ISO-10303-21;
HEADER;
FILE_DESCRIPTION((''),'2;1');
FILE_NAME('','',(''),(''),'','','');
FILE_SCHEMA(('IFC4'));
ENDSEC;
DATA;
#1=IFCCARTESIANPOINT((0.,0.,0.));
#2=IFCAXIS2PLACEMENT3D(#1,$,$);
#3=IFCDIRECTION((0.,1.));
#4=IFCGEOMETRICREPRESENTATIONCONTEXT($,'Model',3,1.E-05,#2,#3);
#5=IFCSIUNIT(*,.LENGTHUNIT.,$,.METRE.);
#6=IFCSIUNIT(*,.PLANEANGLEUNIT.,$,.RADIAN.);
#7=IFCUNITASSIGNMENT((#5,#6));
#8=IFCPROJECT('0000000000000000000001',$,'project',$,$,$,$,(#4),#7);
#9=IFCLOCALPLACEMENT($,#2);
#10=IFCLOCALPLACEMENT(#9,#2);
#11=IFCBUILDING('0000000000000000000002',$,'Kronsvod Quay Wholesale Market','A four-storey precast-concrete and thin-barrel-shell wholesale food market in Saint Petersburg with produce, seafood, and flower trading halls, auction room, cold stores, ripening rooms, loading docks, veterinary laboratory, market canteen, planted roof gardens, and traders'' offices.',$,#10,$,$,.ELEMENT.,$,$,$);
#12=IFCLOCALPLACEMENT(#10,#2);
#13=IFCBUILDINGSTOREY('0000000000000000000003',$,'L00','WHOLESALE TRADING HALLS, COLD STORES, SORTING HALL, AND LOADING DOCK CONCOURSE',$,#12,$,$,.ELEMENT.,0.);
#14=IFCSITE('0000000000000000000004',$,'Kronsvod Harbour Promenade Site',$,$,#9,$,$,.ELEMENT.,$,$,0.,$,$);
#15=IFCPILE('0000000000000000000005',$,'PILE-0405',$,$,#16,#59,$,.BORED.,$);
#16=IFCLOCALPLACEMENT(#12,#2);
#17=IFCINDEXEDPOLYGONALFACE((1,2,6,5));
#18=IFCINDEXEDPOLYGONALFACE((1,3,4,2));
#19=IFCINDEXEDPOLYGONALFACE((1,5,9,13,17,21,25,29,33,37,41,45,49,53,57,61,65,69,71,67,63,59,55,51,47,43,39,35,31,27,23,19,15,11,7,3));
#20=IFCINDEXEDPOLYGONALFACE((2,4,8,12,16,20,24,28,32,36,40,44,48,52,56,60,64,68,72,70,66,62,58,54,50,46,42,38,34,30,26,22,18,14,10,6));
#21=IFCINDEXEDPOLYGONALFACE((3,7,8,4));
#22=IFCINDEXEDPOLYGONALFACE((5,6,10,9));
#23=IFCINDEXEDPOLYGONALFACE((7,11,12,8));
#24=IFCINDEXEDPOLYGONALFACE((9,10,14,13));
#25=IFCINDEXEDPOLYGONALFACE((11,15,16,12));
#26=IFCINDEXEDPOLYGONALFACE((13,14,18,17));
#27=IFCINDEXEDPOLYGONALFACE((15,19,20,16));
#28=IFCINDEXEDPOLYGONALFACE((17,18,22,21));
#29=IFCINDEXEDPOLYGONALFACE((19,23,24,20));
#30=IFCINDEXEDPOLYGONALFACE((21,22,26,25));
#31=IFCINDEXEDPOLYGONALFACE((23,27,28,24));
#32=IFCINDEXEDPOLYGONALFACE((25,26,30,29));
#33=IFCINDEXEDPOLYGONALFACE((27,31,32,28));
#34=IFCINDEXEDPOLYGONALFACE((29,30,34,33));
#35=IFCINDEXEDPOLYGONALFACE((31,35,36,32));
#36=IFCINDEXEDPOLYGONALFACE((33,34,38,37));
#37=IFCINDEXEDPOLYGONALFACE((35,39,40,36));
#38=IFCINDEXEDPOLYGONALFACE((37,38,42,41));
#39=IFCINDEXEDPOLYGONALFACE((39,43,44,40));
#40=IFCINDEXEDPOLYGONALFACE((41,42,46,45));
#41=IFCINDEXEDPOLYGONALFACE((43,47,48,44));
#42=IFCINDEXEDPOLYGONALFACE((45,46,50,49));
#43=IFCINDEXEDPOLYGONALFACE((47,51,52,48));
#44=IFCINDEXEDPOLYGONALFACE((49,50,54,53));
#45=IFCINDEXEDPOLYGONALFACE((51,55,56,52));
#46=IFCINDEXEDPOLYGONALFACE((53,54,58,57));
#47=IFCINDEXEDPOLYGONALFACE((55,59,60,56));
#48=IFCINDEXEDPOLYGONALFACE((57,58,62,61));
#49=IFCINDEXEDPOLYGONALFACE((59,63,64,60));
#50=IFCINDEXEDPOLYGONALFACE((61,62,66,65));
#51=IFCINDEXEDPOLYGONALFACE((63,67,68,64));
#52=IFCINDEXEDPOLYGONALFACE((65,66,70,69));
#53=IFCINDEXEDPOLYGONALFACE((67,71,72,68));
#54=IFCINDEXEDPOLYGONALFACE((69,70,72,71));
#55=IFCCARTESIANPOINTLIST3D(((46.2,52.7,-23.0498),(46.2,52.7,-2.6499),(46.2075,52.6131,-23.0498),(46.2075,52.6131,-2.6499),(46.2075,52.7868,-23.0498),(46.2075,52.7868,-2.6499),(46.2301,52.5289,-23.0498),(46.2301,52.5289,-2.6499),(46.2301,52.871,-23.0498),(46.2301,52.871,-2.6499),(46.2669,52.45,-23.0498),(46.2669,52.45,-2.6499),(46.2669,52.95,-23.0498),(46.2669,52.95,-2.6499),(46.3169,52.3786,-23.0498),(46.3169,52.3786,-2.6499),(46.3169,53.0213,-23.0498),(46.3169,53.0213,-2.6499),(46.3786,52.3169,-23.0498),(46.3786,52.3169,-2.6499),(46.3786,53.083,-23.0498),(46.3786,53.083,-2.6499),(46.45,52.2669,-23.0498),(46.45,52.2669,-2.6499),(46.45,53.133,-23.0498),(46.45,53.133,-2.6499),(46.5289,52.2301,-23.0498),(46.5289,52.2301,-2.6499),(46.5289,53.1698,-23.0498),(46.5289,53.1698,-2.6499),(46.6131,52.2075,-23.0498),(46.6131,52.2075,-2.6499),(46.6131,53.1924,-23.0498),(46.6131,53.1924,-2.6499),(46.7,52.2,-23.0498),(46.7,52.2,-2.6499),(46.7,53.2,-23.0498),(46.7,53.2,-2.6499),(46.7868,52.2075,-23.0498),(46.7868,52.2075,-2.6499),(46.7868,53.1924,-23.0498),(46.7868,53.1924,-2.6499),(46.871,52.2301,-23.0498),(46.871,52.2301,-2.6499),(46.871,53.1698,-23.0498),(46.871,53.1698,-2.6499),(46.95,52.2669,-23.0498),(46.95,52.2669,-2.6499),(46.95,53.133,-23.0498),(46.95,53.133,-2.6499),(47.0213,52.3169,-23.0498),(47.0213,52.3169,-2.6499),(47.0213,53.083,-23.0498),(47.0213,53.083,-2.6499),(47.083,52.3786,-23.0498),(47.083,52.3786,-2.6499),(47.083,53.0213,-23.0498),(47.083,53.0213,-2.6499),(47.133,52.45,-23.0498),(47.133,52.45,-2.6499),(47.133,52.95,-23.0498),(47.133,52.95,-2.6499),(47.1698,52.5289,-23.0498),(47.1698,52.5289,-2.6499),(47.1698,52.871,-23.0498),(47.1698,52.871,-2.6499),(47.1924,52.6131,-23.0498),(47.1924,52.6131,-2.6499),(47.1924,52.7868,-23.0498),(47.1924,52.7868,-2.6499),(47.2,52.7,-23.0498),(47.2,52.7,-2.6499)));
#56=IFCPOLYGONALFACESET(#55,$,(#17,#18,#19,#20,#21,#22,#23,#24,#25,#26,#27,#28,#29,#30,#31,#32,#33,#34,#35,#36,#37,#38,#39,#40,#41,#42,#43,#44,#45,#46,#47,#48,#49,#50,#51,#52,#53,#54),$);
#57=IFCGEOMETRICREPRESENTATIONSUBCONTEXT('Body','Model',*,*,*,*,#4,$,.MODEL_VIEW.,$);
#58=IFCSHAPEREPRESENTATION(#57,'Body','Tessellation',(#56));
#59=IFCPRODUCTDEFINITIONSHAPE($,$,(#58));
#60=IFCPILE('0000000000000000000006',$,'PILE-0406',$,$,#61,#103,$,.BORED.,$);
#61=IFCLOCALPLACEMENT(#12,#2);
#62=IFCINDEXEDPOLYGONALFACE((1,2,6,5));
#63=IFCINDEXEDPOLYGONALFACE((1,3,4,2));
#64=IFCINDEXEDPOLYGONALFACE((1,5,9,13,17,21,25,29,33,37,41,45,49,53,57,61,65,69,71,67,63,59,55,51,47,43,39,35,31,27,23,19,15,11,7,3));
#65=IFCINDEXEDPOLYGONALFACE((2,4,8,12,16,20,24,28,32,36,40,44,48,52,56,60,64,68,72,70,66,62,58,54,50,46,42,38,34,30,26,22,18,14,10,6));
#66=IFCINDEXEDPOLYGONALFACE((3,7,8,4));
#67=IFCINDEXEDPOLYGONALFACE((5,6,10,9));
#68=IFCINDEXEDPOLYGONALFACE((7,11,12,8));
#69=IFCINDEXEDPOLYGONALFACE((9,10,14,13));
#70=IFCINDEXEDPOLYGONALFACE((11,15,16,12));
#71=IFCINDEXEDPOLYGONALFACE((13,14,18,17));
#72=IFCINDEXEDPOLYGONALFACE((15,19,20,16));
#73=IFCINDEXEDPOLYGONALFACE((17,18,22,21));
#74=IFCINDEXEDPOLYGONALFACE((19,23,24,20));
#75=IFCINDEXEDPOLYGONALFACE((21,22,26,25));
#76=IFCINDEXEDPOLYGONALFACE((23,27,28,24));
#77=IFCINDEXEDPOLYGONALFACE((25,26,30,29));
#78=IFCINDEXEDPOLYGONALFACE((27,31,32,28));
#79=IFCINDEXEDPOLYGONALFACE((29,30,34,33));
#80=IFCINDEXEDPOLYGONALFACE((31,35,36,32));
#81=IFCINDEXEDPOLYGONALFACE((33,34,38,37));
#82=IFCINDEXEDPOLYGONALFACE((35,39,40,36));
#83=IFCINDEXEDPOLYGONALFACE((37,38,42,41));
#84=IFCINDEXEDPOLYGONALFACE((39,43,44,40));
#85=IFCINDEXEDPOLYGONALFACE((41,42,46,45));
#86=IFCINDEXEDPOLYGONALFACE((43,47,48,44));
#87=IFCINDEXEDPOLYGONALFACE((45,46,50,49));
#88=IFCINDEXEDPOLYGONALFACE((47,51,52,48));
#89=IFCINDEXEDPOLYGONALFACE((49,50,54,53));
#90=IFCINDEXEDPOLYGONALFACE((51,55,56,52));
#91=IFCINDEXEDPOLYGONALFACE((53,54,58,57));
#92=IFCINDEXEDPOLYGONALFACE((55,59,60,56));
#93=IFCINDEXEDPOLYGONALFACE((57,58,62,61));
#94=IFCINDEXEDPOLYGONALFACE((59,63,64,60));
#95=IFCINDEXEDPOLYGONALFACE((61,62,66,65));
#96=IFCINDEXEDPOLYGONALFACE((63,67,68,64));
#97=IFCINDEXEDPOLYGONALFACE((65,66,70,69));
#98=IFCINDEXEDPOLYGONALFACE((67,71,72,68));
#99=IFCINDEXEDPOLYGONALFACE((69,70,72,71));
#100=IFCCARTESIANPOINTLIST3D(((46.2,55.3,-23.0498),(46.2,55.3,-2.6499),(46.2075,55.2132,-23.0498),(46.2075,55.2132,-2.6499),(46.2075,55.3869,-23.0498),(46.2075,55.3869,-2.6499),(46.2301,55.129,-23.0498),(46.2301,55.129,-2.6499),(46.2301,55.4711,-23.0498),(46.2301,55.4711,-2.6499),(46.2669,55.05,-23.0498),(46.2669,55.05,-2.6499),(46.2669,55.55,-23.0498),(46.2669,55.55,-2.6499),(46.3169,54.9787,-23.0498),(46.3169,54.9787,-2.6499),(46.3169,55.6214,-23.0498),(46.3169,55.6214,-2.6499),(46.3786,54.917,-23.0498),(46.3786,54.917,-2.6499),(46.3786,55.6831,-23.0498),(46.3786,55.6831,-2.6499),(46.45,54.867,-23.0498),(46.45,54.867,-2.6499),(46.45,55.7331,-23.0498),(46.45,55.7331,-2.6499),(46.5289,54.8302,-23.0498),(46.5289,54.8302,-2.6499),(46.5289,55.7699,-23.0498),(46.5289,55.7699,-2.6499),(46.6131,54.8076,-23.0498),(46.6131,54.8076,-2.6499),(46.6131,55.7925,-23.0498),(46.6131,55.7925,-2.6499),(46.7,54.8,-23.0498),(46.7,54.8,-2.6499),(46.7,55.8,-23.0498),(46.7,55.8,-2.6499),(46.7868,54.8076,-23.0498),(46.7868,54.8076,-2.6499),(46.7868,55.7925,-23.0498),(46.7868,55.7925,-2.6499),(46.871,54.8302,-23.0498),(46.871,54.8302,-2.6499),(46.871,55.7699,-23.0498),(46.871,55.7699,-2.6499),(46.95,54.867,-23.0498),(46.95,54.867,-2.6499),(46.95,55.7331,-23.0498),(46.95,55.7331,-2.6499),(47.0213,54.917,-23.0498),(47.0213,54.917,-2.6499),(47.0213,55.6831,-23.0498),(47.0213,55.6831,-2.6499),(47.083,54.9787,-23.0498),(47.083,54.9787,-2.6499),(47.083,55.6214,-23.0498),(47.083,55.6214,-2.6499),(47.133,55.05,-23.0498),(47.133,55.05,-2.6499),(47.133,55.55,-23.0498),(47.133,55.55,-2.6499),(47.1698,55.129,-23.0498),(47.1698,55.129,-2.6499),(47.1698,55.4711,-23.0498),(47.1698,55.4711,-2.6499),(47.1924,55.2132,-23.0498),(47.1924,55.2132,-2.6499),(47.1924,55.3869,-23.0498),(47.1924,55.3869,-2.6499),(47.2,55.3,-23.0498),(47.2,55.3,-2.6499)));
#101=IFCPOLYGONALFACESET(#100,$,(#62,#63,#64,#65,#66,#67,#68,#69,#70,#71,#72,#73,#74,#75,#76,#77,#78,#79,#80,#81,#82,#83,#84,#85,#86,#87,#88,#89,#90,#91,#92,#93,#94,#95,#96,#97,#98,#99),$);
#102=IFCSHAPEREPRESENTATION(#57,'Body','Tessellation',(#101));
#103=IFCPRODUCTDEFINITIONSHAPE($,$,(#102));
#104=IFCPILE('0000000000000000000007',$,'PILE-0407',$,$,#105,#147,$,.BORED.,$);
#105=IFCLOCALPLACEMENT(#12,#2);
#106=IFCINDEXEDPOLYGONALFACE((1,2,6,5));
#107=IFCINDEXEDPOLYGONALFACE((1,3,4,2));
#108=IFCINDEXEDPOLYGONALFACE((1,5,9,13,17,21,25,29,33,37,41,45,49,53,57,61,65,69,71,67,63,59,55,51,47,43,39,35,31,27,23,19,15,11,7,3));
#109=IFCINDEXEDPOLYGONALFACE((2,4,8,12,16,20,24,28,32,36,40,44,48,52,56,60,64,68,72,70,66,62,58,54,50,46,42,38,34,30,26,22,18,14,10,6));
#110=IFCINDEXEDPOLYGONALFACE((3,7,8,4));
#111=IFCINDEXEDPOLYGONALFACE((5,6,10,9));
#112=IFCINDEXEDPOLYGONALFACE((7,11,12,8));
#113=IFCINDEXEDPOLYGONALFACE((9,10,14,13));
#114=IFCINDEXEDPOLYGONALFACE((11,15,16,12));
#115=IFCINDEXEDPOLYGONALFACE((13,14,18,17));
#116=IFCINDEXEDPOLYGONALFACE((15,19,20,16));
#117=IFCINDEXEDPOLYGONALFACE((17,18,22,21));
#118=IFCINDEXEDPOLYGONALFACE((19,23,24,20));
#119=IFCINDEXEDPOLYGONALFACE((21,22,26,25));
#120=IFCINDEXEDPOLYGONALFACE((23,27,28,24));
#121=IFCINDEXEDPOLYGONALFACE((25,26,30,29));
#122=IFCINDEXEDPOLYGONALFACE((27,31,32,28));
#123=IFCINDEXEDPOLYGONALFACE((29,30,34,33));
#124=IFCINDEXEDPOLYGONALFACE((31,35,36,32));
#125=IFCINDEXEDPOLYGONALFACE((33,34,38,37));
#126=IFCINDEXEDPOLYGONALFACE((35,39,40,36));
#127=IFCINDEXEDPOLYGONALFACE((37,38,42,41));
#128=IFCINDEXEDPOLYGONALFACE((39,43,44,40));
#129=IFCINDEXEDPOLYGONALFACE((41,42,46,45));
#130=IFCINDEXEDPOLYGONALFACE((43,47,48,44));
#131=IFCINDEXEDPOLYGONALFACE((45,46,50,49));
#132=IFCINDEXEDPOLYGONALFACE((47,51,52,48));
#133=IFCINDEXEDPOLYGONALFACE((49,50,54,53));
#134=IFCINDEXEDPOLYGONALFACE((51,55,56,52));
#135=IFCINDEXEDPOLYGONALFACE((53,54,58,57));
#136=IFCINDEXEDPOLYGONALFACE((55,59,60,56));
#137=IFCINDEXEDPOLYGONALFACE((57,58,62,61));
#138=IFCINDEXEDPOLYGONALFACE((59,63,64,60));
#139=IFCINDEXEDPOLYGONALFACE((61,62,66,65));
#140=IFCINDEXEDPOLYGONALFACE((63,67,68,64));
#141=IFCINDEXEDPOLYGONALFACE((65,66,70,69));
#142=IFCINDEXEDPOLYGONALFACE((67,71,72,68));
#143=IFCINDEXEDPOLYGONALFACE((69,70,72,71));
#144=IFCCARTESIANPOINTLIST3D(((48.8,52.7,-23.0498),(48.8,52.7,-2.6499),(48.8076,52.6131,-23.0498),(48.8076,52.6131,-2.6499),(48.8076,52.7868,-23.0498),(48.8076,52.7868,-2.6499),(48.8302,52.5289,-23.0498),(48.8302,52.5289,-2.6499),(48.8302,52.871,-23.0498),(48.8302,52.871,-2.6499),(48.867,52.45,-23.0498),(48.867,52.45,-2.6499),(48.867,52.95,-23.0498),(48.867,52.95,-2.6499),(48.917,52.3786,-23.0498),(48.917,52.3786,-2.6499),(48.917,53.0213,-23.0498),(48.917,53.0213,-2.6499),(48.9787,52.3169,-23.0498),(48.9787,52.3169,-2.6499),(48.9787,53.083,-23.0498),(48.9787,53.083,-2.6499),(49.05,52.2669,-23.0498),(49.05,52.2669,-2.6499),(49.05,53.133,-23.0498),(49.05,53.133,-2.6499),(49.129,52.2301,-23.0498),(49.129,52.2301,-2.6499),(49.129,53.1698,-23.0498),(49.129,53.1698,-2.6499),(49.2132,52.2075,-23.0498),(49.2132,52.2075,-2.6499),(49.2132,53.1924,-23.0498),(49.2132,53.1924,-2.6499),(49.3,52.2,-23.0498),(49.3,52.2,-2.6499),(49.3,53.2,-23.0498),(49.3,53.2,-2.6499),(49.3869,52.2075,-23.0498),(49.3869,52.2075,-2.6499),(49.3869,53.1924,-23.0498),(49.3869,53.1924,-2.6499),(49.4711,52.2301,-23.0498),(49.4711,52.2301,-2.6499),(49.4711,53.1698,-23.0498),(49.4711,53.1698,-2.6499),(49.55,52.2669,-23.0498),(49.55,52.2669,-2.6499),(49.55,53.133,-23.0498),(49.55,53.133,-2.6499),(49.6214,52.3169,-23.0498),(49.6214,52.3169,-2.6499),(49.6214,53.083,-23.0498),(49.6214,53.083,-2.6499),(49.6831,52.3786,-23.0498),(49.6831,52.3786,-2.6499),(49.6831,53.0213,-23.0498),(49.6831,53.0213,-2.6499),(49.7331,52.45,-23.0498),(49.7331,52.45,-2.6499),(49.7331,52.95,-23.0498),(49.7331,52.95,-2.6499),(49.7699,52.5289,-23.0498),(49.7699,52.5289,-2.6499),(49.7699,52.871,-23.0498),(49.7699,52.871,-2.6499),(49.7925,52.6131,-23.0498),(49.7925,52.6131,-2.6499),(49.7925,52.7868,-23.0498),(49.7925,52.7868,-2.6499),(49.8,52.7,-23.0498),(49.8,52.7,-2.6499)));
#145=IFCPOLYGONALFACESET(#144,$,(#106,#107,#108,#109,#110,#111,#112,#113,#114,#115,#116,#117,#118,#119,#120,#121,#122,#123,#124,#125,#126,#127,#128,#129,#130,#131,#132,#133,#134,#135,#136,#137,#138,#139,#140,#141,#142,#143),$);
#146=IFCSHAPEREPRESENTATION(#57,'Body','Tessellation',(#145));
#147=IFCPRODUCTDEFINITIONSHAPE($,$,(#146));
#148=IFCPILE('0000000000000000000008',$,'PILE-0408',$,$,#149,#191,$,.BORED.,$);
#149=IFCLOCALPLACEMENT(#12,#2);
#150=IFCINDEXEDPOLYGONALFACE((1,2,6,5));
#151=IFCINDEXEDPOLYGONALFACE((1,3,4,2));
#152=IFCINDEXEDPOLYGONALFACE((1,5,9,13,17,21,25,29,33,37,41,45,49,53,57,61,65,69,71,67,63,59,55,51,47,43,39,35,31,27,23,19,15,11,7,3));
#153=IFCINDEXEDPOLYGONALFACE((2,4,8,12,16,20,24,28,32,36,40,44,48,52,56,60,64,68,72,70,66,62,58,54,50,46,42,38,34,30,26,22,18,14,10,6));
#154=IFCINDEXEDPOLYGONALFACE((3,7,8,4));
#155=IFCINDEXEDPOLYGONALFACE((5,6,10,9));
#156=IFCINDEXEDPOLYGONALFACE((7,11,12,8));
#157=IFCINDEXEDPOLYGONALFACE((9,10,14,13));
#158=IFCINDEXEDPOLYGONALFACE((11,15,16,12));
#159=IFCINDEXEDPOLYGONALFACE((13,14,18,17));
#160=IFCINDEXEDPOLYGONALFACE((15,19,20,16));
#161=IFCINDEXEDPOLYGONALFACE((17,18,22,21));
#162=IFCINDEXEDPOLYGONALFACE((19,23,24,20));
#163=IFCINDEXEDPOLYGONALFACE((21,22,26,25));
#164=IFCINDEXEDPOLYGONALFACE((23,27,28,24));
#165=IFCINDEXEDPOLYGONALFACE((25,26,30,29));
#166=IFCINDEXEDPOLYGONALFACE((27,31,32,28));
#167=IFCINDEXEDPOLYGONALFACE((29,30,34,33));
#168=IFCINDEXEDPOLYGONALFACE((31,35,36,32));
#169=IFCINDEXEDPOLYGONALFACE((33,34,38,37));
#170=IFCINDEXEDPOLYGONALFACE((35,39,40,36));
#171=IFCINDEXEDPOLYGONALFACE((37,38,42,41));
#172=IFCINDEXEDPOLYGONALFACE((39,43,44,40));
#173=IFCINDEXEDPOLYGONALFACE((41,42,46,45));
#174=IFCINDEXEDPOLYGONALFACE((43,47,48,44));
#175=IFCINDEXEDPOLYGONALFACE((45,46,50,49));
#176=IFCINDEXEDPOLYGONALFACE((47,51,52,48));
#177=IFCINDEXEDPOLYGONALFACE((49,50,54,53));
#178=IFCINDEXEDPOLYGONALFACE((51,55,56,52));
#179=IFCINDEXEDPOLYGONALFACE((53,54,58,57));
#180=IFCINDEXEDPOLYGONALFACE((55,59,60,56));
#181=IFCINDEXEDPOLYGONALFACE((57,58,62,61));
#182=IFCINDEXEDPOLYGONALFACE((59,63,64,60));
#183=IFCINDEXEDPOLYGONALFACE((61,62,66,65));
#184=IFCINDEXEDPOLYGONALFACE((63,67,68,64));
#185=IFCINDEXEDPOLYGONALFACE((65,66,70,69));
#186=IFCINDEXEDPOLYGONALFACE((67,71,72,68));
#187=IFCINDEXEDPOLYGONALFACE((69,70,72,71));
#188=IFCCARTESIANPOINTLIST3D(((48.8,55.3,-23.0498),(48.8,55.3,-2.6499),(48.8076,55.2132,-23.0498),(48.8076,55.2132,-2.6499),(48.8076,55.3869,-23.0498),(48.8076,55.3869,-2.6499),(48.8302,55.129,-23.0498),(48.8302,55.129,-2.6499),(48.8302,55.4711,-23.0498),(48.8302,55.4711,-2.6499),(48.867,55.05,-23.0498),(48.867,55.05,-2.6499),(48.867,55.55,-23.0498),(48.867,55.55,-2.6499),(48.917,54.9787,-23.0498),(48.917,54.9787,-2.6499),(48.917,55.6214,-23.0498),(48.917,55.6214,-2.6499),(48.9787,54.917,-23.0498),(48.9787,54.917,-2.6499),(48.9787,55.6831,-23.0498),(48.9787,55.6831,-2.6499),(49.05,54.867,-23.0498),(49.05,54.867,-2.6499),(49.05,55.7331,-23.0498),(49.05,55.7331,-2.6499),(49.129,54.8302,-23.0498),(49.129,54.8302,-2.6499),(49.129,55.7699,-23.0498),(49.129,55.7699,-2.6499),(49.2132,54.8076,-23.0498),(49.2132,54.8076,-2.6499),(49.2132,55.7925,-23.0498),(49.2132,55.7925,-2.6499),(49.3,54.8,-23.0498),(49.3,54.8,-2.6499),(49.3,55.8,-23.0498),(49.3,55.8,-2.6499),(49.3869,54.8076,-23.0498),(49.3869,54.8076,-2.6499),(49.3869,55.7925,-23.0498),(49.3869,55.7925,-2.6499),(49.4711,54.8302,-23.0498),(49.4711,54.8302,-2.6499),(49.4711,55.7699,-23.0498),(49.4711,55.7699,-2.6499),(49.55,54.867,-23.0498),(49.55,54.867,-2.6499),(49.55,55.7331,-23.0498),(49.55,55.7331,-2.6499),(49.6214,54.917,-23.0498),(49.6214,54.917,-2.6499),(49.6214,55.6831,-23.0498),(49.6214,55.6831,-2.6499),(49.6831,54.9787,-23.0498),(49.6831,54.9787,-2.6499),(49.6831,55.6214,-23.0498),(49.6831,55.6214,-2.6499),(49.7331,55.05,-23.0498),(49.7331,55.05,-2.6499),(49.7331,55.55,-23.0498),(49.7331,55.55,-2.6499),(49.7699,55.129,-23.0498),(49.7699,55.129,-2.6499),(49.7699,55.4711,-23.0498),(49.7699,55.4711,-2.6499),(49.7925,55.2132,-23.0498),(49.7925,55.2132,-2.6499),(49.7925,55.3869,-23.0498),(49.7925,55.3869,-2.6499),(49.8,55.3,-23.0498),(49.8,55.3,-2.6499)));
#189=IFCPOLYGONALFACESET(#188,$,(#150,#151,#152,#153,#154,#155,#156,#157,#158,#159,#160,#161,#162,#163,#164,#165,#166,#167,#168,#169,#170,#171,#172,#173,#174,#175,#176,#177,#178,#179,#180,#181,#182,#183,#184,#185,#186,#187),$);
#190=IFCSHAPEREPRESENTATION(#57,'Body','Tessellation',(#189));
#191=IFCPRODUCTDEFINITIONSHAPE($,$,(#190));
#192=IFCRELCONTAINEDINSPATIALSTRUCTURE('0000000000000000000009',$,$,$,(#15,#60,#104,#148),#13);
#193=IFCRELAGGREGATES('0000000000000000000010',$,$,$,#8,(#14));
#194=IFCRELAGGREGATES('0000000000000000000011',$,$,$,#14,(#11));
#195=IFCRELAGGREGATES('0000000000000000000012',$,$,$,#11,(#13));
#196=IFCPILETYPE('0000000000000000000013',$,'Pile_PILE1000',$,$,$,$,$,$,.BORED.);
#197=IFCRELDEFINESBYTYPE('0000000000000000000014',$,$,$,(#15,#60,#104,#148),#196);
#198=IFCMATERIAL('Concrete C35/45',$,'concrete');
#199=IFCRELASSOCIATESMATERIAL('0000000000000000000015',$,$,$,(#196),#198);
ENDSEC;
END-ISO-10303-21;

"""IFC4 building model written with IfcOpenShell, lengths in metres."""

from ifc_helpers import new_model, si_unit, direction, frame, origin, origin_2d, place, context, subcontext, project, spatial, circle, extrude, material, material_profile, profile_set, type_object, element, save


model = new_model("IFC4")

# Units and contexts
model_context = context("Model", 3, precision=1e-05, world=origin(), true_north=direction((0.0, 1.0)))
body_context = subcontext(model_context, "Body", "Model", "MODEL_VIEW")
ifc_project = project(units=[si_unit("LENGTHUNIT", "METRE"), si_unit("PLANEANGLEUNIT", "RADIAN")], contexts=[model_context])

# Site, building, storey
site_placement = place(None, origin())
site = spatial("IfcSite", under=ifc_project, at=site_placement, Name="Kronsvod Harbour Promenade Site", CompositionType="ELEMENT", RefElevation=0.0)
building_placement = place(site_placement, origin())
building = spatial("IfcBuilding", under=site, at=building_placement, Name="Kronsvod Quay Wholesale Market", Description="A four-storey precast-concrete and thin-barrel-shell wholesale food market in Saint Petersburg with produce, seafood, and flower trading halls, auction room, cold stores, ripening rooms, loading docks, veterinary laboratory, market canteen, planted roof gardens, and traders' offices.", CompositionType="ELEMENT")
storey_placement = place(building_placement, origin())
storey = spatial("IfcBuildingStorey", under=building, at=storey_placement, Name="L00", Description="WHOLESALE TRADING HALLS, COLD STORES, SORTING HALL, AND LOADING DOCK CONCOURSE", CompositionType="ELEMENT", Elevation=0.0)

# Piles
ifc_material_1 = material(Name="Concrete C35/45", Category="concrete")
ifc_material_profile_1 = material_profile(ifc_material_1, circle(Radius=0.5, at=origin_2d()), Name="PILE1000")
ifc_profile_set_1 = profile_set([ifc_material_profile_1], Name="Concrete C35/45")
pile_type_1 = type_object("IfcPileType", Name="Pile_PILE1000", PredefinedType="BORED", material=ifc_profile_set_1)
for number, where, z_axis, x_axis, name in (
    (1, (46.7, 52.7, -2.6499), (0.0, 0.0, -1.0), (1.0, 0.0, 0.0), "PILE-0405"),
    (2, (46.7, 55.3, -2.6499), (0.0, 0.0, -1.0), (1.0, 0.0, 0.0), "PILE-0406"),
    (3, (49.3, 52.7, -2.6499), (0.0, 0.0, -1.0), (1.0, 0.0, 0.0), "PILE-0407"),
    (4, (49.3, 55.3, -2.6499), (0.0, 0.0, -1.0), (1.0, 0.0, 0.0), "PILE-0408"),
):
    element("IfcPile", number, at=place(storey_placement, frame(where, z_axis=z_axis, x_axis=x_axis)), inside=storey, type_object=pile_type_1, Name=name, PredefinedType="BORED", context=body_context, shape_type="SweptSolid", body=[
        extrude(circle(Radius=0.5, at=origin_2d()), origin(), (0.0, 0.0, 1.0), 20.3999),
    ])

save(model, "model.ifc")
